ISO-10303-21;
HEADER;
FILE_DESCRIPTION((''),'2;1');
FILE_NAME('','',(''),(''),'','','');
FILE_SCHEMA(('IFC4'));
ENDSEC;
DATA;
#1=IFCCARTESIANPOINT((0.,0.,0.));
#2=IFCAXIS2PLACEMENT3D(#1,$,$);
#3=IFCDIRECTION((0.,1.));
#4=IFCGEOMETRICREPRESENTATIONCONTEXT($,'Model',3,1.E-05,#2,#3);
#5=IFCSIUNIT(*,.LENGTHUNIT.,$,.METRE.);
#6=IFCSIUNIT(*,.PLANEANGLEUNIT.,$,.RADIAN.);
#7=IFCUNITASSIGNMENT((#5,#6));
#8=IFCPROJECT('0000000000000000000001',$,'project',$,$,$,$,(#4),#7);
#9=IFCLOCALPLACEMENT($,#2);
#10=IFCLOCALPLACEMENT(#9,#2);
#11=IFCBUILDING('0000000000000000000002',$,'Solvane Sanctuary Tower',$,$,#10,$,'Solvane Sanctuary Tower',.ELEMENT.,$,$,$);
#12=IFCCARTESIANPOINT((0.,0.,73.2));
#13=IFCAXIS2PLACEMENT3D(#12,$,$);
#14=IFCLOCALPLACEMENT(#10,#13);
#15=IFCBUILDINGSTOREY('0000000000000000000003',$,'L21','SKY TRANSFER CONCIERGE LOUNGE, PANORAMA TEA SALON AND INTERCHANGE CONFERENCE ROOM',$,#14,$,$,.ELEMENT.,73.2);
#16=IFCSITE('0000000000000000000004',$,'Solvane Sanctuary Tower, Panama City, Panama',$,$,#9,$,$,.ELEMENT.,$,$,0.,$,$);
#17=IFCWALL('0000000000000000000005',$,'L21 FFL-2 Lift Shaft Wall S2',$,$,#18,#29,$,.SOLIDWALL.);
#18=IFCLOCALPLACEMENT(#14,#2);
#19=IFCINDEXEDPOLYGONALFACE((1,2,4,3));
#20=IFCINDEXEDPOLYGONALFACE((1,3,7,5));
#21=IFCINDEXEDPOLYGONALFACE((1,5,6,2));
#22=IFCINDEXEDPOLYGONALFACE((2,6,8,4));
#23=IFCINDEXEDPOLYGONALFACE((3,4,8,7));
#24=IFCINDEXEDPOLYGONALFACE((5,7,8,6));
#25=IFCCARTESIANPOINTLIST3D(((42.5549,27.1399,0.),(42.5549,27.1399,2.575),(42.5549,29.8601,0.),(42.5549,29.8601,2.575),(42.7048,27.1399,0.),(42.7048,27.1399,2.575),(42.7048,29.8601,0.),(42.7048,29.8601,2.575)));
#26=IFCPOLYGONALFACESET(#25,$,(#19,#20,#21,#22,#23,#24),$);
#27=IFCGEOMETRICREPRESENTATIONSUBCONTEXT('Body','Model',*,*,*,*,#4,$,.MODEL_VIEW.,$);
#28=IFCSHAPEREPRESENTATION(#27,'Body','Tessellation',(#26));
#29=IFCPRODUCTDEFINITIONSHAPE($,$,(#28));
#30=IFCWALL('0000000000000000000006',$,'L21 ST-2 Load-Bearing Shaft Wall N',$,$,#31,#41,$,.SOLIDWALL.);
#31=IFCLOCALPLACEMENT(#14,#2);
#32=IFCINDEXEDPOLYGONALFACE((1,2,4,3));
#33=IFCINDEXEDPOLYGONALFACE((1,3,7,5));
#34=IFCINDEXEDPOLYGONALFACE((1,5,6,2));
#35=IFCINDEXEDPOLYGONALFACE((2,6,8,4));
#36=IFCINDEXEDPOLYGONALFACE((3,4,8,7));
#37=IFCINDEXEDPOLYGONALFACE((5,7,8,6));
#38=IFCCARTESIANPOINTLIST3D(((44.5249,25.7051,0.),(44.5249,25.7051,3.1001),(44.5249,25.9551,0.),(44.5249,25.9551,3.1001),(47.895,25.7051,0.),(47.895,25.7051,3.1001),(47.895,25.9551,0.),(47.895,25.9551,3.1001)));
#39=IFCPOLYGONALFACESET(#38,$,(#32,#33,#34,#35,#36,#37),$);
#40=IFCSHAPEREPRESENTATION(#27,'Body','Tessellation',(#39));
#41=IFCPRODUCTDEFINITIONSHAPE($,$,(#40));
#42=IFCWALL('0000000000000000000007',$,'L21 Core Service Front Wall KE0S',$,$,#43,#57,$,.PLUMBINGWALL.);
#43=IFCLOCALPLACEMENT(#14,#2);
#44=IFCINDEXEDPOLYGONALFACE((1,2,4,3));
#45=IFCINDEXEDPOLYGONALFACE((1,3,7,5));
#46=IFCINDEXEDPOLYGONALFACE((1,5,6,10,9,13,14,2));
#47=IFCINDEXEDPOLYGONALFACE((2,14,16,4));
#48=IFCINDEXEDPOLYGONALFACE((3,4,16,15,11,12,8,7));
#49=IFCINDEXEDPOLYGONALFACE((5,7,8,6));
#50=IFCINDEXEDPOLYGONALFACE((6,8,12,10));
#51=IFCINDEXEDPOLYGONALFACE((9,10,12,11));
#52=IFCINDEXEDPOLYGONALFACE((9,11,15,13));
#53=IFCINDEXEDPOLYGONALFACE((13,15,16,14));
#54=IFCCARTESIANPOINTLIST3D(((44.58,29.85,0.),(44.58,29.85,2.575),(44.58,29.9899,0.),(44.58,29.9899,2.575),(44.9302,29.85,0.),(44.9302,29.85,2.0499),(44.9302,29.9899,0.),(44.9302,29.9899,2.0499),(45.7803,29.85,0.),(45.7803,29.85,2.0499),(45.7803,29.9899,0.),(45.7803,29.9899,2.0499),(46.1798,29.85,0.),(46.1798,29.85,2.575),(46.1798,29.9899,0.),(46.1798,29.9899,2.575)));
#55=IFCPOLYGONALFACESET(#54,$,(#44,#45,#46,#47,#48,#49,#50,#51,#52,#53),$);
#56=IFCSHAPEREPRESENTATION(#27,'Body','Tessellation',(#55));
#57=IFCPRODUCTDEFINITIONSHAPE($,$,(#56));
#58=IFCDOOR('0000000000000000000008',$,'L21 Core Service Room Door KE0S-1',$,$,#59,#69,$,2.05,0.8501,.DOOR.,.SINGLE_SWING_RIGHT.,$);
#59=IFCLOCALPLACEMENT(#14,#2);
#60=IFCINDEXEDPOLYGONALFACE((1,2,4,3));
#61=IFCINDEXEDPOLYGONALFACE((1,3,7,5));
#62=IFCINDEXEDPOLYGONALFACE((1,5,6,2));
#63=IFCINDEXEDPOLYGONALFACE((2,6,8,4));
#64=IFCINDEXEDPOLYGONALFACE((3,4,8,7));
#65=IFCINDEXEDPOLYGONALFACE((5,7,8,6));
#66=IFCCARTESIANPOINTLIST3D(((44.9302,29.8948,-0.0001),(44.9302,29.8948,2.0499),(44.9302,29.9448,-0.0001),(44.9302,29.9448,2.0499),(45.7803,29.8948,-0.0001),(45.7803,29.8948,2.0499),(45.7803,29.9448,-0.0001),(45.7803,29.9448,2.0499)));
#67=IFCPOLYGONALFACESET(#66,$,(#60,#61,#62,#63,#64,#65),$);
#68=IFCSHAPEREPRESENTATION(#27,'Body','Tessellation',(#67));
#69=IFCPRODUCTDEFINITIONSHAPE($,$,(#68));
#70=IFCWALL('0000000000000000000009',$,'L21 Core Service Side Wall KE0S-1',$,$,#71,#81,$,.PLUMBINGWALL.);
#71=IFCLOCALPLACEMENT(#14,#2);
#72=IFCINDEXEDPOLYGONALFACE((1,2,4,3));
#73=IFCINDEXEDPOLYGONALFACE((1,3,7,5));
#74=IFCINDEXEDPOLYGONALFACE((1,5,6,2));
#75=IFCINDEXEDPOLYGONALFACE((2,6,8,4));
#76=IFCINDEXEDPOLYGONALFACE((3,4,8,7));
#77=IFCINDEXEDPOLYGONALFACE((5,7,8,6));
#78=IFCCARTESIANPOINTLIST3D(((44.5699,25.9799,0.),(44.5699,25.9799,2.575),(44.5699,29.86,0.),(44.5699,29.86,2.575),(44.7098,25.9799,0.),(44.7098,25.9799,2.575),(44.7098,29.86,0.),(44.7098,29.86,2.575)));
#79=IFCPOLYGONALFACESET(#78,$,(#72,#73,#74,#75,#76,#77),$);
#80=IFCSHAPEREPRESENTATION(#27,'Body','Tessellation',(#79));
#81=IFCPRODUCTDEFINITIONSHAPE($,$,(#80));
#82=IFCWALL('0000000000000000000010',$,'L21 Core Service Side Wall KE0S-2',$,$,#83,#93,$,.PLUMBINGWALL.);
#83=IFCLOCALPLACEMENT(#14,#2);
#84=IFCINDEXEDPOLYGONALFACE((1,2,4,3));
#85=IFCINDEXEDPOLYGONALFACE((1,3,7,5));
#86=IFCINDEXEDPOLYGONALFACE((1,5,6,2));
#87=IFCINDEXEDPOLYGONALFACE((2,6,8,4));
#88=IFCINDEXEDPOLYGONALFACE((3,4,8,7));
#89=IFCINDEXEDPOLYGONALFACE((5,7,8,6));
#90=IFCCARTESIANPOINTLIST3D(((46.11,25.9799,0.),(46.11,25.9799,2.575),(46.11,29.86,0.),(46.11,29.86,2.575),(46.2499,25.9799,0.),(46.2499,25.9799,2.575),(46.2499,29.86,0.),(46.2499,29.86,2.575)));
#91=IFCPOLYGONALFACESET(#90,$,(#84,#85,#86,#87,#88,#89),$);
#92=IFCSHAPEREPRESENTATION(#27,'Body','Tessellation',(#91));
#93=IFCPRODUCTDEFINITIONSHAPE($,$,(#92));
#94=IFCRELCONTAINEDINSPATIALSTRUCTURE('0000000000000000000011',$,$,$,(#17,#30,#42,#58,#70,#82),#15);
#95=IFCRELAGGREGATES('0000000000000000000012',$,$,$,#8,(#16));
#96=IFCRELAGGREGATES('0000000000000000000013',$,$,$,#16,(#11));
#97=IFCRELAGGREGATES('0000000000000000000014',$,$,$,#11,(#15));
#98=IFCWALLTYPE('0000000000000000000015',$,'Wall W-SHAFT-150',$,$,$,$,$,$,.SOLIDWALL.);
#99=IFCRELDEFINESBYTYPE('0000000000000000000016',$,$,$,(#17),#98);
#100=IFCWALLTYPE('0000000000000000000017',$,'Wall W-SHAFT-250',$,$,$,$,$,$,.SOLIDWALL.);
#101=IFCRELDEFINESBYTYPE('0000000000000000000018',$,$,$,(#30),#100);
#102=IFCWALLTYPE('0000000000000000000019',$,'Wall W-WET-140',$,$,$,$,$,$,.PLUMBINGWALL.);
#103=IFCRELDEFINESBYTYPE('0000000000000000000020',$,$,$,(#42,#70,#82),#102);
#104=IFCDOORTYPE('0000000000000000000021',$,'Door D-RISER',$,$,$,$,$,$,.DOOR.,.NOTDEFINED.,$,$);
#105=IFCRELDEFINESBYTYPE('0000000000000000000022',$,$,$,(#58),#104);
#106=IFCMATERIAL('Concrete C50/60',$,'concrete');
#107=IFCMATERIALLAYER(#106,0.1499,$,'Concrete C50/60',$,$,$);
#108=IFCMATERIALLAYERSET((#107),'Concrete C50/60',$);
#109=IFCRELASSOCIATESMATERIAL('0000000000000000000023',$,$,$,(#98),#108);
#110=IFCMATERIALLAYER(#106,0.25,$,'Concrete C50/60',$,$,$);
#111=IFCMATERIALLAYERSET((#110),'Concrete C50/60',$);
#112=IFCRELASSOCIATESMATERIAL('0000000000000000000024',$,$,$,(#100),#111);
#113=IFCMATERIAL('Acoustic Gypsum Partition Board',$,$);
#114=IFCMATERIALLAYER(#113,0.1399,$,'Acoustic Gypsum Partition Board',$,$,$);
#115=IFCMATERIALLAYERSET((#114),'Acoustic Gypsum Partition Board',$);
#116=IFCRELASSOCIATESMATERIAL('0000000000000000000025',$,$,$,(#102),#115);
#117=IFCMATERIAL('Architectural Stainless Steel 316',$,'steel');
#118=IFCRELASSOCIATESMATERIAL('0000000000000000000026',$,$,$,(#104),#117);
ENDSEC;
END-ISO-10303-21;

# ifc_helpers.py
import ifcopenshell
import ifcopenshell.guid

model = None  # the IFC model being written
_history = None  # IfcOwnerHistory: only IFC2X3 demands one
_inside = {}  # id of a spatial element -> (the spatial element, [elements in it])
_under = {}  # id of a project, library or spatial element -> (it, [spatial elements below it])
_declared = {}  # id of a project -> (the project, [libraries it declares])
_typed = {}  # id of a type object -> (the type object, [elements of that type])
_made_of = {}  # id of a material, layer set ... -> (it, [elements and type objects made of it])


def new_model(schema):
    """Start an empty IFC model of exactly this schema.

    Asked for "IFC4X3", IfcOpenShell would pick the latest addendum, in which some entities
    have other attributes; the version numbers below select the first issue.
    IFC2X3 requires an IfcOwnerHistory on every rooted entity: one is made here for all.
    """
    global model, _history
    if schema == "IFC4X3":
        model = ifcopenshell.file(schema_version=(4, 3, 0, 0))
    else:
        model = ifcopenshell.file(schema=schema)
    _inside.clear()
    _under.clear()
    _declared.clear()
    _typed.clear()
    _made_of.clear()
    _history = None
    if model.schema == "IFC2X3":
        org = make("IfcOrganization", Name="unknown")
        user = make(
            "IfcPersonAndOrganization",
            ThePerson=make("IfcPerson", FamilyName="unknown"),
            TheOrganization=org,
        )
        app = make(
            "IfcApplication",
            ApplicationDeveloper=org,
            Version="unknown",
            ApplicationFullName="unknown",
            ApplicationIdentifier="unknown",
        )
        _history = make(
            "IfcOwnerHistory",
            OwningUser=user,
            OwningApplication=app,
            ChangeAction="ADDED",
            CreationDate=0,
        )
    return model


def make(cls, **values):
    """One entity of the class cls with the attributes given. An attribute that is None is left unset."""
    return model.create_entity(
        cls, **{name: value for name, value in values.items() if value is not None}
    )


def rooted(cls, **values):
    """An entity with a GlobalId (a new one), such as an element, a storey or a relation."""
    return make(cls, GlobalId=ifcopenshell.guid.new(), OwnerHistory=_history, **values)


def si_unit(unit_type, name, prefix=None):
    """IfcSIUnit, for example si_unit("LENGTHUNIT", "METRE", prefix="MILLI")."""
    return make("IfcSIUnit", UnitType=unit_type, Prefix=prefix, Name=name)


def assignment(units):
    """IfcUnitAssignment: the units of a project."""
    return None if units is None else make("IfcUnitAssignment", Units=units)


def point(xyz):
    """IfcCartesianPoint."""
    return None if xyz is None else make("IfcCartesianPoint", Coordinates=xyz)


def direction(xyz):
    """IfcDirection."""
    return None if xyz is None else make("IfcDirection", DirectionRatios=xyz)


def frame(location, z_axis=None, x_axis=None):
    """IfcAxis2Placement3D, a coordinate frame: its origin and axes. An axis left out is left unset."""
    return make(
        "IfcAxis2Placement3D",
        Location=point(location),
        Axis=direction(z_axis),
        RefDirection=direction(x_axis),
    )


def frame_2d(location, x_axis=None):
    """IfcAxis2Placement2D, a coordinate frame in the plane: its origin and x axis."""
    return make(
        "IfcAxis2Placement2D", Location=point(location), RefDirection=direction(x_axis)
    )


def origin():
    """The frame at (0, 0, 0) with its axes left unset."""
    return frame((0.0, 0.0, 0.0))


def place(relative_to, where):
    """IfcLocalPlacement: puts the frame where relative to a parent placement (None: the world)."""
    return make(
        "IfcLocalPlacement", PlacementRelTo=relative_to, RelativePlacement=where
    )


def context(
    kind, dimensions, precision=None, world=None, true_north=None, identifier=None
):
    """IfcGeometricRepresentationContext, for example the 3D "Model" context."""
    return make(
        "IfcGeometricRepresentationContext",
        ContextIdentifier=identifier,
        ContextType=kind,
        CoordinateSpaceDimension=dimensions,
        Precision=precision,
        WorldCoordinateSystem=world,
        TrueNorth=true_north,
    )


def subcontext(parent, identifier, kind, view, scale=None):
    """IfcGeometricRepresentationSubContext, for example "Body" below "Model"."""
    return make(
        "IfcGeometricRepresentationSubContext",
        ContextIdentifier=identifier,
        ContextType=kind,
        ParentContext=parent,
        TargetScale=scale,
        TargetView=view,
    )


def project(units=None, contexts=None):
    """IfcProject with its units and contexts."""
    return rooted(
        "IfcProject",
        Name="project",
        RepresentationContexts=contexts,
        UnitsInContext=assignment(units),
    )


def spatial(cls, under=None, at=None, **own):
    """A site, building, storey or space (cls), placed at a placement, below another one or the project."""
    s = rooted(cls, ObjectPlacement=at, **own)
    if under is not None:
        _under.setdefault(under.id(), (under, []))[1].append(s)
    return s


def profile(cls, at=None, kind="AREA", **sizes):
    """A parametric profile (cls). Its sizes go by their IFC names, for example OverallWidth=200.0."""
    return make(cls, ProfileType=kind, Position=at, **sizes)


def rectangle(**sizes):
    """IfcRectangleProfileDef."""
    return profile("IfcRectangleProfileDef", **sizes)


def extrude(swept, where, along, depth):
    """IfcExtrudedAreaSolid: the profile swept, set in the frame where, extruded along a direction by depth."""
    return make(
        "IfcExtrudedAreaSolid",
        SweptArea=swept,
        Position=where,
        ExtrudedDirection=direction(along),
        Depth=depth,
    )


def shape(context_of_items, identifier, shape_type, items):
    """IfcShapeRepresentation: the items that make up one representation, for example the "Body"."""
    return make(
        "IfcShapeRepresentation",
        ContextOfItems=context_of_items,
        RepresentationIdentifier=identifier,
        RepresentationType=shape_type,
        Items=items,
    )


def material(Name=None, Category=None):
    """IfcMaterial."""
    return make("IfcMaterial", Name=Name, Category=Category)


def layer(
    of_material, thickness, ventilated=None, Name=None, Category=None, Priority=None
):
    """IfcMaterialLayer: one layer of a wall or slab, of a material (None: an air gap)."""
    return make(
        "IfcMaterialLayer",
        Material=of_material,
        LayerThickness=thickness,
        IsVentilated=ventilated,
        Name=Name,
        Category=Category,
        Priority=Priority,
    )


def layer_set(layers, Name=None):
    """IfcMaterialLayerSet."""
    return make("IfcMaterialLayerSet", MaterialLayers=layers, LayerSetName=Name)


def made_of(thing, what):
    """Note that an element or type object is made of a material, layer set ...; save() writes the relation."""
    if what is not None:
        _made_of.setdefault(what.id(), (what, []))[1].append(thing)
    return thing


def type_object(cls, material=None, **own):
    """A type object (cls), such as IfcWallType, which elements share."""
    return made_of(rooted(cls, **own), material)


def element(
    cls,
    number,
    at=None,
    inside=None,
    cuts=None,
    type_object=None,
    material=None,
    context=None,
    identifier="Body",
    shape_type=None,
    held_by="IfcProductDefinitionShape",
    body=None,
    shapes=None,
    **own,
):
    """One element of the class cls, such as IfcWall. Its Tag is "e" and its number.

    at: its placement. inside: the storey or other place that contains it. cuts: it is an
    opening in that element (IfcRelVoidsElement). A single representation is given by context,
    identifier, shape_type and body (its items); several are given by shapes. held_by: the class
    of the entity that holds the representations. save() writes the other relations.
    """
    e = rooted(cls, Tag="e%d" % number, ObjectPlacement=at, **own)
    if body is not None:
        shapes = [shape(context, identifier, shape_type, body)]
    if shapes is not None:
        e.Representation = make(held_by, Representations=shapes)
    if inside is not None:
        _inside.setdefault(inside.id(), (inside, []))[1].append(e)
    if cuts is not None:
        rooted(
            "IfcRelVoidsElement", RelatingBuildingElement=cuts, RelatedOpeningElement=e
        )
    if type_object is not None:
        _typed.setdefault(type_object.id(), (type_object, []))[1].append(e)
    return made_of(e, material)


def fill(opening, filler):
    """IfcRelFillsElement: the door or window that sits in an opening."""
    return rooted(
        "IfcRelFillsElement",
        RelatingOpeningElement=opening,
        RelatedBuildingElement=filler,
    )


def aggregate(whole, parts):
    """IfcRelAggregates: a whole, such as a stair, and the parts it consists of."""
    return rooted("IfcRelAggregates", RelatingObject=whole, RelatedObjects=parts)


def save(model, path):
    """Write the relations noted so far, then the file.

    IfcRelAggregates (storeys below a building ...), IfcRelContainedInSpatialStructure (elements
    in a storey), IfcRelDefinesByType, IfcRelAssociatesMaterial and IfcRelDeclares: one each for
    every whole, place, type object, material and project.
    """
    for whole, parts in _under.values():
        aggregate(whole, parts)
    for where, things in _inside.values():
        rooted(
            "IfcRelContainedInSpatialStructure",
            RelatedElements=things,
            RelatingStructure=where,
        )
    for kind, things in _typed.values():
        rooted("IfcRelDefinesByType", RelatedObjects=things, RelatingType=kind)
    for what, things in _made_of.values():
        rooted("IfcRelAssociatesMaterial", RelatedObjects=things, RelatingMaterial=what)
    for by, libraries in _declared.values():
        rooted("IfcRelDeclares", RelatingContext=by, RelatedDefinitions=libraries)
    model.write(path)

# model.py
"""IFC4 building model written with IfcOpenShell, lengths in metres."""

from ifc_helpers import new_model, si_unit, direction, frame, frame_2d, origin, place, context, subcontext, project, spatial, rectangle, extrude, material, layer, layer_set, type_object, element, fill, save


model = new_model("IFC4")

# Units and contexts
model_context = context("Model", 3, precision=1e-05, world=origin(), true_north=direction((0.0, 1.0)))
body_context = subcontext(model_context, "Body", "Model", "MODEL_VIEW")
ifc_project = project(units=[si_unit("LENGTHUNIT", "METRE"), si_unit("PLANEANGLEUNIT", "RADIAN")], contexts=[model_context])

# Site, building, storey
site_placement = place(None, origin())
site = spatial("IfcSite", under=ifc_project, at=site_placement, Name="Solvane Sanctuary Tower, Panama City, Panama", CompositionType="ELEMENT", RefElevation=0.0)
building_placement = place(site_placement, origin())
building = spatial("IfcBuilding", under=site, at=building_placement, Name="Solvane Sanctuary Tower", LongName="Solvane Sanctuary Tower", CompositionType="ELEMENT")
storey_placement = place(building_placement, frame((0.0, 0.0, 73.2)))
storey = spatial("IfcBuildingStorey", under=building, at=storey_placement, Name="L21", Description="SKY TRANSFER CONCIERGE LOUNGE, PANORAMA TEA SALON AND INTERCHANGE CONFERENCE ROOM", CompositionType="ELEMENT", Elevation=73.2)

# Shared definitions
ifc_material_1 = material(Name="Acoustic Gypsum Partition Board")

# Shared definitions
ifc_material_2 = material(Name="Architectural Stainless Steel 316", Category="steel")

# Shared definitions
ifc_material_3 = material(Name="Concrete C50/60", Category="concrete")
ifc_layer_1 = layer(ifc_material_3, 0.1499, Name="Concrete C50/60")
ifc_layer_set_1 = layer_set([ifc_layer_1], Name="Concrete C50/60")
wall_type_1 = type_object("IfcWallType", Name="Wall W-SHAFT-150", PredefinedType="SOLIDWALL", material=ifc_layer_set_1)

# Walls
for number, where, z_axis, x_axis, name in (
    (1, (42.6299, 27.1399, 0.0), (0.0, 0.0, 1.0), (0.0, 1.0, 0.0), "L21 FFL-2 Lift Shaft Wall S2"),
):
    element("IfcWall", number, at=place(storey_placement, frame(where, z_axis=z_axis, x_axis=x_axis)), inside=storey, type_object=wall_type_1, Name=name, PredefinedType="SOLIDWALL", context=body_context, shape_type="SweptSolid", body=[
        extrude(rectangle(XDim=2.7202, YDim=0.1499, at=frame_2d((1.3601, 0.0))), origin(), (0.0, 0.0, 1.0), 2.575),
    ])
ifc_layer_2 = layer(ifc_material_3, 0.25, Name="Concrete C50/60")
ifc_layer_set_2 = layer_set([ifc_layer_2], Name="Concrete C50/60")
wall_type_2 = type_object("IfcWallType", Name="Wall W-SHAFT-250", PredefinedType="SOLIDWALL", material=ifc_layer_set_2)
wall_1_placement = place(storey_placement, frame((44.5249, 25.8301, 0.0), z_axis=(0.0, 0.0, 1.0), x_axis=(1.0, 0.0, 0.0)))
element("IfcWall", 2, at=wall_1_placement, inside=storey, type_object=wall_type_2, Name="L21 ST-2 Load-Bearing Shaft Wall N", PredefinedType="SOLIDWALL", context=body_context, shape_type="SweptSolid", body=[
    extrude(rectangle(XDim=3.3701, YDim=0.25, at=frame_2d((1.6851, 0.0))), origin(), (0.0, 0.0, 1.0), 3.1001),
])

# Wall, opening, door
ifc_layer_3 = layer(ifc_material_1, 0.1399, Name="Acoustic Gypsum Partition Board")
ifc_layer_set_3 = layer_set([ifc_layer_3], Name="Acoustic Gypsum Partition Board")
wall_type_3 = type_object("IfcWallType", Name="Wall W-WET-140", PredefinedType="PLUMBINGWALL", material=ifc_layer_set_3)
wall_2_placement = place(storey_placement, frame((44.5801, 29.9199, 0.0), z_axis=(0.0, 0.0, 1.0), x_axis=(1.0, 0.0, 0.0)))
wall_2 = element("IfcWall", 3, at=wall_2_placement, inside=storey, type_object=wall_type_3, Name="L21 Core Service Front Wall KE0S", PredefinedType="PLUMBINGWALL", context=body_context, shape_type="SweptSolid", body=[
    extrude(rectangle(XDim=1.5999, YDim=0.1399, at=frame_2d((0.7998, 0.0))), origin(), (0.0, 0.0, 1.0), 2.575),
])
opening_1_placement = place(wall_2_placement, frame((0.3501, 0.0, 0.0)))
opening_1 = element("IfcOpeningElement", 4, at=opening_1_placement, cuts=wall_2, PredefinedType="OPENING", context=body_context, shape_type="SweptSolid", body=[
    extrude(rectangle(XDim=0.8501, YDim=2.05, at=frame_2d((0.425, 1.0249))), frame((0.0, 0.0798, 0.0), z_axis=(0.0, -1.0, 0.0), x_axis=(1.0, 0.0, 0.0)), (0.0, 0.0, 1.0), 0.1599),
])
door_type_1 = type_object("IfcDoorType", Name="Door D-RISER", OperationType="NOTDEFINED", PredefinedType="DOOR", material=ifc_material_2)
door_1_placement = place(opening_1_placement, origin())
door_1 = element("IfcDoor", 5, at=door_1_placement, inside=storey, type_object=door_type_1, Name="L21 Core Service Room Door KE0S-1", OperationType="SINGLE_SWING_RIGHT", OverallHeight=2.05, OverallWidth=0.8501, PredefinedType="DOOR", context=body_context, shape_type="SweptSolid", body=[
    extrude(rectangle(XDim=0.8501, YDim=2.05, at=frame_2d((0.425, 1.0249))), frame((0.0, 0.0249, 0.0), z_axis=(0.0, -1.0, 0.0), x_axis=(1.0, 0.0, 0.0)), (0.0, 0.0, 1.0), 0.05),
])
fill(opening_1, door_1)

# Walls
for number, where, z_axis, x_axis, name in (
    (6, (44.6399, 25.98, 0.0), (0.0, 0.0, 1.0), (0.0, 1.0, 0.0), "L21 Core Service Side Wall KE0S-1"),
    (7, (46.1799, 25.98, 0.0), (0.0, 0.0, 1.0), (0.0, 1.0, 0.0), "L21 Core Service Side Wall KE0S-2"),
):
    element("IfcWall", number, at=place(storey_placement, frame(where, z_axis=z_axis, x_axis=x_axis)), inside=storey, type_object=wall_type_3, Name=name, PredefinedType="PLUMBINGWALL", context=body_context, shape_type="SweptSolid", body=[
        extrude(rectangle(XDim=3.8801, YDim=0.1399, at=frame_2d((1.9399, 0.0))), origin(), (0.0, 0.0, 1.0), 2.575),
    ])

save(model, "model.ifc")
